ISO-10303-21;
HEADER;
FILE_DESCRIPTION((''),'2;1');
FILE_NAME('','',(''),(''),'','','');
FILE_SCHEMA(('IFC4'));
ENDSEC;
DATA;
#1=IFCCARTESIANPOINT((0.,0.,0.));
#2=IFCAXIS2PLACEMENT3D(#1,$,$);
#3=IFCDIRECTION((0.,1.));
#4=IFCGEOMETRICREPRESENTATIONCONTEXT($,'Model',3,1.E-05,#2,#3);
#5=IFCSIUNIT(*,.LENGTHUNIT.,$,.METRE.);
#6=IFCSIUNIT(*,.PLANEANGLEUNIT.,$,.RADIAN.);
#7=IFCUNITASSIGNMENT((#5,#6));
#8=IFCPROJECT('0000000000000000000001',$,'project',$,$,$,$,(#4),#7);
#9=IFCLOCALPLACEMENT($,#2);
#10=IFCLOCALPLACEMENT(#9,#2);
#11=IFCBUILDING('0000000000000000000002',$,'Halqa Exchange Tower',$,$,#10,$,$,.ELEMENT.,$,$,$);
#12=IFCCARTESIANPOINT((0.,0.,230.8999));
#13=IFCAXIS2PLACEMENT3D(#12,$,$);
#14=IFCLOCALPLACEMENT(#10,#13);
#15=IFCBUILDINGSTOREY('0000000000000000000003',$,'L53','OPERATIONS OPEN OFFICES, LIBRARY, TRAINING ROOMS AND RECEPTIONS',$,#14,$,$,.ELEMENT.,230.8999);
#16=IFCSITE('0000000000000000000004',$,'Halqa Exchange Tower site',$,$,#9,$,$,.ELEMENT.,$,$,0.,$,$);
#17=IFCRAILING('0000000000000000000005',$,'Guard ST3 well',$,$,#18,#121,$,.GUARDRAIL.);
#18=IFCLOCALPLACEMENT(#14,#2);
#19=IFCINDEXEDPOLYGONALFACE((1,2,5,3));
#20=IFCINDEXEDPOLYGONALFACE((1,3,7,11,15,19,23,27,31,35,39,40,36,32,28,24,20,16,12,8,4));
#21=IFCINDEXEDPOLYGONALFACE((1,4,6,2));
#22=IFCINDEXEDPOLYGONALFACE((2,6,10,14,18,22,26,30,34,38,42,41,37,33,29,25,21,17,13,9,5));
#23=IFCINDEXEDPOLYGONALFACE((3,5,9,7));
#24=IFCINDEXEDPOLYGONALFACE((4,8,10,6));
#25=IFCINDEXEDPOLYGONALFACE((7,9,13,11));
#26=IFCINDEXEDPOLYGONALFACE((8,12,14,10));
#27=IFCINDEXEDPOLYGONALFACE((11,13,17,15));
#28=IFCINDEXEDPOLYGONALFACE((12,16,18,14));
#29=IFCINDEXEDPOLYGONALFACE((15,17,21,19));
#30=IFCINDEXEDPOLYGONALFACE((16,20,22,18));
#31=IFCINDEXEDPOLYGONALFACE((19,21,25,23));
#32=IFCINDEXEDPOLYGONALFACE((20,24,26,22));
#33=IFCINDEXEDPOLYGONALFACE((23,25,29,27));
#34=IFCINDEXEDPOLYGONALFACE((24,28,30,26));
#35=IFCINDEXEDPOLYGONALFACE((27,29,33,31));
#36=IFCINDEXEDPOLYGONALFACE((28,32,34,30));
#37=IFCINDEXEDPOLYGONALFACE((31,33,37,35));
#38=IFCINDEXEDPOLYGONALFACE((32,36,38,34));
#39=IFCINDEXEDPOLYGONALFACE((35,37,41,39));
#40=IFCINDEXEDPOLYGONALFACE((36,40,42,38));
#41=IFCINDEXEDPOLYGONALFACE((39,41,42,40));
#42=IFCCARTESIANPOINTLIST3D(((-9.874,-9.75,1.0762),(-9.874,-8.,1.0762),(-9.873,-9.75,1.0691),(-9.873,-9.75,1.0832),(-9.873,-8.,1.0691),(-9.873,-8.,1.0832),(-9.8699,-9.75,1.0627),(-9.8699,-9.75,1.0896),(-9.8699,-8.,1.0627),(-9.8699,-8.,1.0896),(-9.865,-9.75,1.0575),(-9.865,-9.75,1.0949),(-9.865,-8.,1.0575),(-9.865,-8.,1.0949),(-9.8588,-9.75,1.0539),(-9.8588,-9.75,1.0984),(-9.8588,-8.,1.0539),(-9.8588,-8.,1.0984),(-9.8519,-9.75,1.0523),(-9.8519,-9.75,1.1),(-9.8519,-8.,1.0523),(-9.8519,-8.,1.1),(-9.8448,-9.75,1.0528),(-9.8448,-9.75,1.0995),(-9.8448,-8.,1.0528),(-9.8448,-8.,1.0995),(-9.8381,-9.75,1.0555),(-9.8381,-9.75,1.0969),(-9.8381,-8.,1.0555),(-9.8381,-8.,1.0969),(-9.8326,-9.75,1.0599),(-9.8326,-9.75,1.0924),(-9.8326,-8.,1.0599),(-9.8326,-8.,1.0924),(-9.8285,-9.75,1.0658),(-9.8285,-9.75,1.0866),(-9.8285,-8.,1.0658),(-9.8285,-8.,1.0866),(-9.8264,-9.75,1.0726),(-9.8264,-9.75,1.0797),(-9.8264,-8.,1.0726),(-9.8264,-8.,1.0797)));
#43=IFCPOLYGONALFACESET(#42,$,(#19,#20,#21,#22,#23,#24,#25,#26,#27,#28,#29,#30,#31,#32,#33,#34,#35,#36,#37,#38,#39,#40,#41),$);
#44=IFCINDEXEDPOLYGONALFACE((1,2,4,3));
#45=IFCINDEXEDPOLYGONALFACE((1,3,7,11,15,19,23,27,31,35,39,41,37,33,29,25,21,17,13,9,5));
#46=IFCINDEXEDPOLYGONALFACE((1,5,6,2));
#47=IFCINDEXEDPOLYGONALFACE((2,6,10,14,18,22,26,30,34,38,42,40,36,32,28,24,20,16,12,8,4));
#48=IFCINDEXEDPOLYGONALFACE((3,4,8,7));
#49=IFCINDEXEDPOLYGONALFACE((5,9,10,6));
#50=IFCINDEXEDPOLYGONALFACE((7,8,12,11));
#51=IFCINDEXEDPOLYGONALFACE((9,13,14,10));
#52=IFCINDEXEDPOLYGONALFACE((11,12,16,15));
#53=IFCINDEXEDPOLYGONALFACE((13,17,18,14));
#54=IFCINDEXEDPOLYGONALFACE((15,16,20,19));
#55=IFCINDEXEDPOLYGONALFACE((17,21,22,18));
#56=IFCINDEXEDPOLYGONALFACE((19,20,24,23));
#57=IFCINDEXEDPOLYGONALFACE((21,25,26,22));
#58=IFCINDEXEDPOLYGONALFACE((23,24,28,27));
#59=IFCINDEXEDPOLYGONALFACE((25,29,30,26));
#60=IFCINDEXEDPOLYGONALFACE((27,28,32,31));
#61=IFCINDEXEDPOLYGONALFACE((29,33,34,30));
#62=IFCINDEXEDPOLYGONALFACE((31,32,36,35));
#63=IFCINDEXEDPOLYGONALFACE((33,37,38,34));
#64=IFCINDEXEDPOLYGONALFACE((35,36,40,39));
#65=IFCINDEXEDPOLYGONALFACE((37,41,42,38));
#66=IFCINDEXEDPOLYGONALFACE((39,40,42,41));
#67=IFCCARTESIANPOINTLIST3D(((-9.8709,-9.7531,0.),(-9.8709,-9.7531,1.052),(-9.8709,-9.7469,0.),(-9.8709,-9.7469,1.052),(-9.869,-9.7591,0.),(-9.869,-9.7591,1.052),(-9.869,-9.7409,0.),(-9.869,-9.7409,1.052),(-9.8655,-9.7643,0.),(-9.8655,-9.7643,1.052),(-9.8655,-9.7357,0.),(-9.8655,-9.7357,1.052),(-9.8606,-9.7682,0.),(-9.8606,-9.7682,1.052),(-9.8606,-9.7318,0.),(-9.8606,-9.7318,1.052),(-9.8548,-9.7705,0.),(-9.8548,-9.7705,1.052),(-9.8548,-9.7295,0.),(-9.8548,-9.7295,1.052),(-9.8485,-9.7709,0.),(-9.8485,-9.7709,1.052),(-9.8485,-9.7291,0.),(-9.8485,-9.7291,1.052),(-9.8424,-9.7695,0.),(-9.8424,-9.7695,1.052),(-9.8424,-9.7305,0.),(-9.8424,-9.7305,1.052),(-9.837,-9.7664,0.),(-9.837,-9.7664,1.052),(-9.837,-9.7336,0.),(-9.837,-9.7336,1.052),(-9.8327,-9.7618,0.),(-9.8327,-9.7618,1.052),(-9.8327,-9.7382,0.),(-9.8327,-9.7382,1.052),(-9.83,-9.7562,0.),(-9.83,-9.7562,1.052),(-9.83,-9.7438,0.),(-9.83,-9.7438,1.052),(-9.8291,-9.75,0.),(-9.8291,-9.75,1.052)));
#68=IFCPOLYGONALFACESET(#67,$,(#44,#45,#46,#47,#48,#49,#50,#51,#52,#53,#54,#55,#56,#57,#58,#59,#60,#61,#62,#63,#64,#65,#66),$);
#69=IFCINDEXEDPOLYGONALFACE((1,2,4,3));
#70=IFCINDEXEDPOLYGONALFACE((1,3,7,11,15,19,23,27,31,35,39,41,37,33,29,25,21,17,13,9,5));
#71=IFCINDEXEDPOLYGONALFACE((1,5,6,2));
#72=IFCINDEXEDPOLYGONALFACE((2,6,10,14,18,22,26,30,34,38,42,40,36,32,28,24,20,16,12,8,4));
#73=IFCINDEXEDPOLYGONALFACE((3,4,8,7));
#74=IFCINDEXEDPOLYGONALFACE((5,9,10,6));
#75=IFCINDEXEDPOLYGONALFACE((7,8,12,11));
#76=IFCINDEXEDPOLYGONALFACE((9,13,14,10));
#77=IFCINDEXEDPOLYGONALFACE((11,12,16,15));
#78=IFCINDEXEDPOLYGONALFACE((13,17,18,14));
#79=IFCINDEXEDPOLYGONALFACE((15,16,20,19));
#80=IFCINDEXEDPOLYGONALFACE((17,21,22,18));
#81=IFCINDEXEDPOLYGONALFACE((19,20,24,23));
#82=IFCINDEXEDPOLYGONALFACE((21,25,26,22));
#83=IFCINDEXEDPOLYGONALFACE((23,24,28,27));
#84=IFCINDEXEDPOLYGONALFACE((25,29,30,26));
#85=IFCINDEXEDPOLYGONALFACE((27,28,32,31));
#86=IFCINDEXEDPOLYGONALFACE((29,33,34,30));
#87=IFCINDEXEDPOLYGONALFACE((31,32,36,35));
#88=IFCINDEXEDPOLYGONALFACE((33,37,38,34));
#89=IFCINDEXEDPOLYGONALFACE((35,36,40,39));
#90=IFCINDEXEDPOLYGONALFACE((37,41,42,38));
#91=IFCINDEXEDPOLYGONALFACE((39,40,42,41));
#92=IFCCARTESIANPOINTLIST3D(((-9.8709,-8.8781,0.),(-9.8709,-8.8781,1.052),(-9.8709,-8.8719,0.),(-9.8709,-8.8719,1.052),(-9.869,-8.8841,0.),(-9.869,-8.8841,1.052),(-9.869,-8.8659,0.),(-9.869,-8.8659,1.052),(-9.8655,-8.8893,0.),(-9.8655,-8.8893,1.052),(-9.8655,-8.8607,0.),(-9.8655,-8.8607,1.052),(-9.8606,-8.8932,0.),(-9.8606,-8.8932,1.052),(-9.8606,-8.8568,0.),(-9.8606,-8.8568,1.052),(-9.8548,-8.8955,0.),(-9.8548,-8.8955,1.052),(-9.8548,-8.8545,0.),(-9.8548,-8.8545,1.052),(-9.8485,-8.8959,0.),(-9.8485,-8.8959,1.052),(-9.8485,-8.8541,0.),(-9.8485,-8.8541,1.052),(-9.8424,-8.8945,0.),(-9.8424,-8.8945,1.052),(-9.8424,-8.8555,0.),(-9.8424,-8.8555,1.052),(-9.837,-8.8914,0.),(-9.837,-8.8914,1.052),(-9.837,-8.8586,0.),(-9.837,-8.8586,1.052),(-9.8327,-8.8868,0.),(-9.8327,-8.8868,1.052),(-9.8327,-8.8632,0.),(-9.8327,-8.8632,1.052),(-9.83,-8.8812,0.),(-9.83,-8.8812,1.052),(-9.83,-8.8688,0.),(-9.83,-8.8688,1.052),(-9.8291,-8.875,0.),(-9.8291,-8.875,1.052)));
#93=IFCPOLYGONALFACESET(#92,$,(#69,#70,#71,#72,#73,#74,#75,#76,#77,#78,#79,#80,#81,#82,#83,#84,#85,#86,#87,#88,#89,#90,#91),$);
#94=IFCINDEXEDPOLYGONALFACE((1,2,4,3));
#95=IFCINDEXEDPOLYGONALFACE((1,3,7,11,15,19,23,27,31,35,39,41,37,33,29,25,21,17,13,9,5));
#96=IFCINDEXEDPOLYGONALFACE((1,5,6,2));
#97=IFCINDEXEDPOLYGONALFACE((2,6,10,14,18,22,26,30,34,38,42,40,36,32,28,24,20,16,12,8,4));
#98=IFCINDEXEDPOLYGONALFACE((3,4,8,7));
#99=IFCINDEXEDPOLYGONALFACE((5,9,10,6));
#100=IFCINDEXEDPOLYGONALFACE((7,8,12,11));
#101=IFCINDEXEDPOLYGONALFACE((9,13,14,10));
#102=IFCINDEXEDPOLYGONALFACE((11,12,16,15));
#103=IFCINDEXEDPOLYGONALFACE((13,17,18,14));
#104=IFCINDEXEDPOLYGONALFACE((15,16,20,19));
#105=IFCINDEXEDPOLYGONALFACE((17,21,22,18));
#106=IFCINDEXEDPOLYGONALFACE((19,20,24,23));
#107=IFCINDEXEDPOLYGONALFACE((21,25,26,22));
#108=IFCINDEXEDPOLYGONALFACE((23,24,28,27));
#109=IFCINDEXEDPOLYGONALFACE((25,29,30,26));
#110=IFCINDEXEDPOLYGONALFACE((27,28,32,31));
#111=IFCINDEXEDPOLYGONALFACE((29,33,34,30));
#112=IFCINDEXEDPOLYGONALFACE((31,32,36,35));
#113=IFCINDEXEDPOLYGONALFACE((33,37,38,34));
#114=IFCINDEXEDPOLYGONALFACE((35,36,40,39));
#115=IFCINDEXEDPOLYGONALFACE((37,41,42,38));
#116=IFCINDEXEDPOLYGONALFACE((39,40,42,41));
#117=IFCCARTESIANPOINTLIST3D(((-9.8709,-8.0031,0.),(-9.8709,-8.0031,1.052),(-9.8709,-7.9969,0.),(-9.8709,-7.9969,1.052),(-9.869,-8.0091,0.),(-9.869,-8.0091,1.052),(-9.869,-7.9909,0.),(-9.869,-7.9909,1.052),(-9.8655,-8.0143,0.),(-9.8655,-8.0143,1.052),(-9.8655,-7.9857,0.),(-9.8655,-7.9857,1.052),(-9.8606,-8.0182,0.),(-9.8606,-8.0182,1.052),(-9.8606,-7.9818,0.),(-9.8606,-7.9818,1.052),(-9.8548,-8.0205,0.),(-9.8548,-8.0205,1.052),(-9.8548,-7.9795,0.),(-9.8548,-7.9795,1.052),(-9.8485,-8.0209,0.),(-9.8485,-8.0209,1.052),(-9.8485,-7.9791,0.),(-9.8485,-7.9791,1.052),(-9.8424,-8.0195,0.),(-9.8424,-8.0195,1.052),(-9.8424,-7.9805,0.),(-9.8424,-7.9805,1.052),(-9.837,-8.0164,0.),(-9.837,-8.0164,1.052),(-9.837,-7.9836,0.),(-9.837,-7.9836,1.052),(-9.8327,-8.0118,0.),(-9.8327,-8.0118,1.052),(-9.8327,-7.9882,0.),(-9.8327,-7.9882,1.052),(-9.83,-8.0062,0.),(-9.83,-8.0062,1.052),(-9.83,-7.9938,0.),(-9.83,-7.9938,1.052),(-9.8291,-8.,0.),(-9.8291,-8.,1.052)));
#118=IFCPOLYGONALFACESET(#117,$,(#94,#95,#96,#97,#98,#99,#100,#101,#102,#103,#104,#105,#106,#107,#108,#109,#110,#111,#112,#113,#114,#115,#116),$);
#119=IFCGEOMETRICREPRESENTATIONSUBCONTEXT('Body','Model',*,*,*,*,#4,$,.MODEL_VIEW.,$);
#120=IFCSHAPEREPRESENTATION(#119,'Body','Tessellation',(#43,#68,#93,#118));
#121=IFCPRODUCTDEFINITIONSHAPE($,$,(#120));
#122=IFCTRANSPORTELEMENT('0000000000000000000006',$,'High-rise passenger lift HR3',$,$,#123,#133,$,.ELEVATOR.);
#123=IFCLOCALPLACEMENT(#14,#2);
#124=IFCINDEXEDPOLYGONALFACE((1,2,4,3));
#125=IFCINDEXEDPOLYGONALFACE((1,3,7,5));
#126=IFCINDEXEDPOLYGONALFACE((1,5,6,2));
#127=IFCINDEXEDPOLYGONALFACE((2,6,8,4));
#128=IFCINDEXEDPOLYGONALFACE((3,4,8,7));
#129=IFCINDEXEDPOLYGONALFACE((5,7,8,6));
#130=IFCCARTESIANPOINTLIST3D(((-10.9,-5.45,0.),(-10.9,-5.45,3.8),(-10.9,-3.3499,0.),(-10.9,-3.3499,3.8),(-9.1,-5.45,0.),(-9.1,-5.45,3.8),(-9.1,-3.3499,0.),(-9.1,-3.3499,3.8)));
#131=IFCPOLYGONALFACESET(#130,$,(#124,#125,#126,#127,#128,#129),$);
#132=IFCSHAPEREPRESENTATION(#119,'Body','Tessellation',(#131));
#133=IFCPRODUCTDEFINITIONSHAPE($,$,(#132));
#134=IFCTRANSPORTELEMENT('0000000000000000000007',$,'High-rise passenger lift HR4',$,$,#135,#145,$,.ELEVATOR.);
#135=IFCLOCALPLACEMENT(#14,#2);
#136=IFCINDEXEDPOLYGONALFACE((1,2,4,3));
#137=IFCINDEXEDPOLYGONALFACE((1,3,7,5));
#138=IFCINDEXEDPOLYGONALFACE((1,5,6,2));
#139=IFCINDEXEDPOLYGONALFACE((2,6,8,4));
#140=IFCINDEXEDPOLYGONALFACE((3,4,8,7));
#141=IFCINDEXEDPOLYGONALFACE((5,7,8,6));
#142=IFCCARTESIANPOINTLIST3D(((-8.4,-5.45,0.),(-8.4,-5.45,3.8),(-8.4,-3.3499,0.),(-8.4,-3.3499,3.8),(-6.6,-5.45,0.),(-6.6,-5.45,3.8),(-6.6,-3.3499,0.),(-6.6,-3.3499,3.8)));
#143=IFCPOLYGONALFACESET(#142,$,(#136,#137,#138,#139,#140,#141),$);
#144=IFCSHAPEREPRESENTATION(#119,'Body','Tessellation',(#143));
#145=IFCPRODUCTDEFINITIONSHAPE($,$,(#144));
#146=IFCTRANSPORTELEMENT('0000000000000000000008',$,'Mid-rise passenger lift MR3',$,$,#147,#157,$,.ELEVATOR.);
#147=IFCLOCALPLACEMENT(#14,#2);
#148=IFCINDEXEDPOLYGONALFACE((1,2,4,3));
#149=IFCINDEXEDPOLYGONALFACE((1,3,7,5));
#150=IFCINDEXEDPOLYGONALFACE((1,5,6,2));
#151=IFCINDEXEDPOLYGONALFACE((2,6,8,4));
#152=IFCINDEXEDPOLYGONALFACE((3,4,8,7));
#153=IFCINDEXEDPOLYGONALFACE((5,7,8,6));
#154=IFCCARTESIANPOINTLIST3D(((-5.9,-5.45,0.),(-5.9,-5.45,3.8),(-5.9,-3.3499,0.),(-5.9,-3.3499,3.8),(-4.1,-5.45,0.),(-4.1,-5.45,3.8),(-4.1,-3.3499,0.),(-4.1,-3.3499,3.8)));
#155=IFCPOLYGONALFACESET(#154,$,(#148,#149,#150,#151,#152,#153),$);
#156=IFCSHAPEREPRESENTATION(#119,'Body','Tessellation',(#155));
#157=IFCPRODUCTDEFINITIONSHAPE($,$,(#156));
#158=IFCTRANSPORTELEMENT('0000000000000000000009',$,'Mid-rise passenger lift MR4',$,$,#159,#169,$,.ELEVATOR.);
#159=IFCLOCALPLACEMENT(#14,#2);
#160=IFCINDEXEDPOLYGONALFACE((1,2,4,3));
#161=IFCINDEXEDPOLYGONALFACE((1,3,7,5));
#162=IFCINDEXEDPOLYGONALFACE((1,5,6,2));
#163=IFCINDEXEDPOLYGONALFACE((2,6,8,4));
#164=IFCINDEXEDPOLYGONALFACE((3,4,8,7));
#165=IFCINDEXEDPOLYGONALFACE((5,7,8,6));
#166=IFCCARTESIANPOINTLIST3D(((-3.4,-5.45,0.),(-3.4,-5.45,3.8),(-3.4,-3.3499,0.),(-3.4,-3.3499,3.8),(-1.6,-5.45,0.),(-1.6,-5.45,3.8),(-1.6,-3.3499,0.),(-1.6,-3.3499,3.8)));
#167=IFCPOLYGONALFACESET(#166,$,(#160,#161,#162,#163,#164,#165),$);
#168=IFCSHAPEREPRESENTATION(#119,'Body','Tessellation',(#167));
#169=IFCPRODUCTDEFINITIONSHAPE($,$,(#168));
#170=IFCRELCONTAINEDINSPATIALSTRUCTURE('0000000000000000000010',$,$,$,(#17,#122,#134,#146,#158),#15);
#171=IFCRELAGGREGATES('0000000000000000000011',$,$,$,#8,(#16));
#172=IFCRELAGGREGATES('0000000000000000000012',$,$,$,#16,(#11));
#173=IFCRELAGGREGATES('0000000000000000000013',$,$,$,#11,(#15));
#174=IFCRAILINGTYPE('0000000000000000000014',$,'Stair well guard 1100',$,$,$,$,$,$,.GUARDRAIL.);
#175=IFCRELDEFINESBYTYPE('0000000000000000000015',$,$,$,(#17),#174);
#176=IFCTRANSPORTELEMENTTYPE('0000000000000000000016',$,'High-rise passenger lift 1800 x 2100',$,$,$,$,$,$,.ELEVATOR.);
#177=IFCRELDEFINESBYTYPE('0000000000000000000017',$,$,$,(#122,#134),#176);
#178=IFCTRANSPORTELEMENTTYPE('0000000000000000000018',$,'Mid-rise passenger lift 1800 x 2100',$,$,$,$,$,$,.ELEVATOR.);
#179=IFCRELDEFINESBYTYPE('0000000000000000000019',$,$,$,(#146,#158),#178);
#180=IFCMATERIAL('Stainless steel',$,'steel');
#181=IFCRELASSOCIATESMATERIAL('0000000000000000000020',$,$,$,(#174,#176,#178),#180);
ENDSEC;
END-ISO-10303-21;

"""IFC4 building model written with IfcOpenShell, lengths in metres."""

from ifc_helpers import new_model, si_unit, direction, frame, origin, origin_2d, place, context, subcontext, project, spatial, rectangle, circle, extrude, material, type_object, element, save


model = new_model("IFC4")

# Units and contexts
model_context = context("Model", 3, precision=1e-05, world=origin(), true_north=direction((0.0, 1.0)))
body_context = subcontext(model_context, "Body", "Model", "MODEL_VIEW")
ifc_project = project(units=[si_unit("LENGTHUNIT", "METRE"), si_unit("PLANEANGLEUNIT", "RADIAN")], contexts=[model_context])

# Site, building, storey
site_placement = place(None, origin())
site = spatial("IfcSite", under=ifc_project, at=site_placement, Name="Halqa Exchange Tower site", CompositionType="ELEMENT", RefElevation=0.0)
building_placement = place(site_placement, origin())
building = spatial("IfcBuilding", under=site, at=building_placement, Name="Halqa Exchange Tower", CompositionType="ELEMENT")
storey_placement = place(building_placement, frame((0.0, 0.0, 230.8999)))
storey = spatial("IfcBuildingStorey", under=building, at=storey_placement, Name="L53", Description="OPERATIONS OPEN OFFICES, LIBRARY, TRAINING ROOMS AND RECEPTIONS", CompositionType="ELEMENT", Elevation=230.8999)

# Shared definitions
ifc_material_1 = material(Name="Stainless steel", Category="steel")

# Railing
railing_type_1 = type_object("IfcRailingType", Name="Stair well guard 1100", PredefinedType="GUARDRAIL", material=ifc_material_1)
railing_1_placement = place(storey_placement, frame((-9.8501, -9.75, 0.0)))
element("IfcRailing", 1, at=railing_1_placement, inside=storey, type_object=railing_type_1, Name="Guard ST3 well", PredefinedType="GUARDRAIL", context=body_context, shape_type="SweptSolid", body=[
    extrude(circle(Radius=0.0239, at=origin_2d()), frame((0.0, 0.0, 1.0762), z_axis=(0.0, 1.0, 0.0), x_axis=(-1.0, 0.0, 0.0)), (0.0, 0.0, 1.0), 1.75),
    extrude(circle(Radius=0.021, at=origin_2d()), origin(), (0.0, 0.0, 1.0), 1.052),
    extrude(circle(Radius=0.021, at=origin_2d()), frame((0.0, 0.875, 0.0)), (0.0, 0.0, 1.0), 1.052),
    extrude(circle(Radius=0.021, at=origin_2d()), frame((0.0, 1.75, 0.0)), (0.0, 0.0, 1.0), 1.052),
])

# Transport elements
transport_element_type_1 = type_object("IfcTransportElementType", Name="High-rise passenger lift 1800 x 2100", PredefinedType="ELEVATOR", material=ifc_material_1)
for number, where, z_axis, x_axis, name in (
    (2, (-10.0, -4.3999, 0.0), (0.0, 0.0, 1.0), (1.0, 0.0, 0.0), "High-rise passenger lift HR3"),
    (3, (-7.5, -4.3999, 0.0), (0.0, 0.0, 1.0), (1.0, 0.0, 0.0), "High-rise passenger lift HR4"),
):
    element("IfcTransportElement", number, at=place(storey_placement, frame(where, z_axis=z_axis, x_axis=x_axis)), inside=storey, type_object=transport_element_type_1, Name=name, PredefinedType="ELEVATOR", context=body_context, shape_type="SweptSolid", body=[
        extrude(rectangle(XDim=1.8, YDim=2.1001, at=origin_2d()), origin(), (0.0, 0.0, 1.0), 3.8),
    ])
transport_element_type_2 = type_object("IfcTransportElementType", Name="Mid-rise passenger lift 1800 x 2100", PredefinedType="ELEVATOR", material=ifc_material_1)
for number, where, z_axis, x_axis, name in (
    (4, (-5.0, -4.3999, 0.0), (0.0, 0.0, 1.0), (1.0, 0.0, 0.0), "Mid-rise passenger lift MR3"),
    (5, (-2.5, -4.3999, 0.0), (0.0, 0.0, 1.0), (1.0, 0.0, 0.0), "Mid-rise passenger lift MR4"),
):
    element("IfcTransportElement", number, at=place(storey_placement, frame(where, z_axis=z_axis, x_axis=x_axis)), inside=storey, type_object=transport_element_type_2, Name=name, PredefinedType="ELEVATOR", context=body_context, shape_type="SweptSolid", body=[
        extrude(rectangle(XDim=1.8, YDim=2.1001, at=origin_2d()), origin(), (0.0, 0.0, 1.0), 3.8),
    ])

save(model, "model.ifc")
